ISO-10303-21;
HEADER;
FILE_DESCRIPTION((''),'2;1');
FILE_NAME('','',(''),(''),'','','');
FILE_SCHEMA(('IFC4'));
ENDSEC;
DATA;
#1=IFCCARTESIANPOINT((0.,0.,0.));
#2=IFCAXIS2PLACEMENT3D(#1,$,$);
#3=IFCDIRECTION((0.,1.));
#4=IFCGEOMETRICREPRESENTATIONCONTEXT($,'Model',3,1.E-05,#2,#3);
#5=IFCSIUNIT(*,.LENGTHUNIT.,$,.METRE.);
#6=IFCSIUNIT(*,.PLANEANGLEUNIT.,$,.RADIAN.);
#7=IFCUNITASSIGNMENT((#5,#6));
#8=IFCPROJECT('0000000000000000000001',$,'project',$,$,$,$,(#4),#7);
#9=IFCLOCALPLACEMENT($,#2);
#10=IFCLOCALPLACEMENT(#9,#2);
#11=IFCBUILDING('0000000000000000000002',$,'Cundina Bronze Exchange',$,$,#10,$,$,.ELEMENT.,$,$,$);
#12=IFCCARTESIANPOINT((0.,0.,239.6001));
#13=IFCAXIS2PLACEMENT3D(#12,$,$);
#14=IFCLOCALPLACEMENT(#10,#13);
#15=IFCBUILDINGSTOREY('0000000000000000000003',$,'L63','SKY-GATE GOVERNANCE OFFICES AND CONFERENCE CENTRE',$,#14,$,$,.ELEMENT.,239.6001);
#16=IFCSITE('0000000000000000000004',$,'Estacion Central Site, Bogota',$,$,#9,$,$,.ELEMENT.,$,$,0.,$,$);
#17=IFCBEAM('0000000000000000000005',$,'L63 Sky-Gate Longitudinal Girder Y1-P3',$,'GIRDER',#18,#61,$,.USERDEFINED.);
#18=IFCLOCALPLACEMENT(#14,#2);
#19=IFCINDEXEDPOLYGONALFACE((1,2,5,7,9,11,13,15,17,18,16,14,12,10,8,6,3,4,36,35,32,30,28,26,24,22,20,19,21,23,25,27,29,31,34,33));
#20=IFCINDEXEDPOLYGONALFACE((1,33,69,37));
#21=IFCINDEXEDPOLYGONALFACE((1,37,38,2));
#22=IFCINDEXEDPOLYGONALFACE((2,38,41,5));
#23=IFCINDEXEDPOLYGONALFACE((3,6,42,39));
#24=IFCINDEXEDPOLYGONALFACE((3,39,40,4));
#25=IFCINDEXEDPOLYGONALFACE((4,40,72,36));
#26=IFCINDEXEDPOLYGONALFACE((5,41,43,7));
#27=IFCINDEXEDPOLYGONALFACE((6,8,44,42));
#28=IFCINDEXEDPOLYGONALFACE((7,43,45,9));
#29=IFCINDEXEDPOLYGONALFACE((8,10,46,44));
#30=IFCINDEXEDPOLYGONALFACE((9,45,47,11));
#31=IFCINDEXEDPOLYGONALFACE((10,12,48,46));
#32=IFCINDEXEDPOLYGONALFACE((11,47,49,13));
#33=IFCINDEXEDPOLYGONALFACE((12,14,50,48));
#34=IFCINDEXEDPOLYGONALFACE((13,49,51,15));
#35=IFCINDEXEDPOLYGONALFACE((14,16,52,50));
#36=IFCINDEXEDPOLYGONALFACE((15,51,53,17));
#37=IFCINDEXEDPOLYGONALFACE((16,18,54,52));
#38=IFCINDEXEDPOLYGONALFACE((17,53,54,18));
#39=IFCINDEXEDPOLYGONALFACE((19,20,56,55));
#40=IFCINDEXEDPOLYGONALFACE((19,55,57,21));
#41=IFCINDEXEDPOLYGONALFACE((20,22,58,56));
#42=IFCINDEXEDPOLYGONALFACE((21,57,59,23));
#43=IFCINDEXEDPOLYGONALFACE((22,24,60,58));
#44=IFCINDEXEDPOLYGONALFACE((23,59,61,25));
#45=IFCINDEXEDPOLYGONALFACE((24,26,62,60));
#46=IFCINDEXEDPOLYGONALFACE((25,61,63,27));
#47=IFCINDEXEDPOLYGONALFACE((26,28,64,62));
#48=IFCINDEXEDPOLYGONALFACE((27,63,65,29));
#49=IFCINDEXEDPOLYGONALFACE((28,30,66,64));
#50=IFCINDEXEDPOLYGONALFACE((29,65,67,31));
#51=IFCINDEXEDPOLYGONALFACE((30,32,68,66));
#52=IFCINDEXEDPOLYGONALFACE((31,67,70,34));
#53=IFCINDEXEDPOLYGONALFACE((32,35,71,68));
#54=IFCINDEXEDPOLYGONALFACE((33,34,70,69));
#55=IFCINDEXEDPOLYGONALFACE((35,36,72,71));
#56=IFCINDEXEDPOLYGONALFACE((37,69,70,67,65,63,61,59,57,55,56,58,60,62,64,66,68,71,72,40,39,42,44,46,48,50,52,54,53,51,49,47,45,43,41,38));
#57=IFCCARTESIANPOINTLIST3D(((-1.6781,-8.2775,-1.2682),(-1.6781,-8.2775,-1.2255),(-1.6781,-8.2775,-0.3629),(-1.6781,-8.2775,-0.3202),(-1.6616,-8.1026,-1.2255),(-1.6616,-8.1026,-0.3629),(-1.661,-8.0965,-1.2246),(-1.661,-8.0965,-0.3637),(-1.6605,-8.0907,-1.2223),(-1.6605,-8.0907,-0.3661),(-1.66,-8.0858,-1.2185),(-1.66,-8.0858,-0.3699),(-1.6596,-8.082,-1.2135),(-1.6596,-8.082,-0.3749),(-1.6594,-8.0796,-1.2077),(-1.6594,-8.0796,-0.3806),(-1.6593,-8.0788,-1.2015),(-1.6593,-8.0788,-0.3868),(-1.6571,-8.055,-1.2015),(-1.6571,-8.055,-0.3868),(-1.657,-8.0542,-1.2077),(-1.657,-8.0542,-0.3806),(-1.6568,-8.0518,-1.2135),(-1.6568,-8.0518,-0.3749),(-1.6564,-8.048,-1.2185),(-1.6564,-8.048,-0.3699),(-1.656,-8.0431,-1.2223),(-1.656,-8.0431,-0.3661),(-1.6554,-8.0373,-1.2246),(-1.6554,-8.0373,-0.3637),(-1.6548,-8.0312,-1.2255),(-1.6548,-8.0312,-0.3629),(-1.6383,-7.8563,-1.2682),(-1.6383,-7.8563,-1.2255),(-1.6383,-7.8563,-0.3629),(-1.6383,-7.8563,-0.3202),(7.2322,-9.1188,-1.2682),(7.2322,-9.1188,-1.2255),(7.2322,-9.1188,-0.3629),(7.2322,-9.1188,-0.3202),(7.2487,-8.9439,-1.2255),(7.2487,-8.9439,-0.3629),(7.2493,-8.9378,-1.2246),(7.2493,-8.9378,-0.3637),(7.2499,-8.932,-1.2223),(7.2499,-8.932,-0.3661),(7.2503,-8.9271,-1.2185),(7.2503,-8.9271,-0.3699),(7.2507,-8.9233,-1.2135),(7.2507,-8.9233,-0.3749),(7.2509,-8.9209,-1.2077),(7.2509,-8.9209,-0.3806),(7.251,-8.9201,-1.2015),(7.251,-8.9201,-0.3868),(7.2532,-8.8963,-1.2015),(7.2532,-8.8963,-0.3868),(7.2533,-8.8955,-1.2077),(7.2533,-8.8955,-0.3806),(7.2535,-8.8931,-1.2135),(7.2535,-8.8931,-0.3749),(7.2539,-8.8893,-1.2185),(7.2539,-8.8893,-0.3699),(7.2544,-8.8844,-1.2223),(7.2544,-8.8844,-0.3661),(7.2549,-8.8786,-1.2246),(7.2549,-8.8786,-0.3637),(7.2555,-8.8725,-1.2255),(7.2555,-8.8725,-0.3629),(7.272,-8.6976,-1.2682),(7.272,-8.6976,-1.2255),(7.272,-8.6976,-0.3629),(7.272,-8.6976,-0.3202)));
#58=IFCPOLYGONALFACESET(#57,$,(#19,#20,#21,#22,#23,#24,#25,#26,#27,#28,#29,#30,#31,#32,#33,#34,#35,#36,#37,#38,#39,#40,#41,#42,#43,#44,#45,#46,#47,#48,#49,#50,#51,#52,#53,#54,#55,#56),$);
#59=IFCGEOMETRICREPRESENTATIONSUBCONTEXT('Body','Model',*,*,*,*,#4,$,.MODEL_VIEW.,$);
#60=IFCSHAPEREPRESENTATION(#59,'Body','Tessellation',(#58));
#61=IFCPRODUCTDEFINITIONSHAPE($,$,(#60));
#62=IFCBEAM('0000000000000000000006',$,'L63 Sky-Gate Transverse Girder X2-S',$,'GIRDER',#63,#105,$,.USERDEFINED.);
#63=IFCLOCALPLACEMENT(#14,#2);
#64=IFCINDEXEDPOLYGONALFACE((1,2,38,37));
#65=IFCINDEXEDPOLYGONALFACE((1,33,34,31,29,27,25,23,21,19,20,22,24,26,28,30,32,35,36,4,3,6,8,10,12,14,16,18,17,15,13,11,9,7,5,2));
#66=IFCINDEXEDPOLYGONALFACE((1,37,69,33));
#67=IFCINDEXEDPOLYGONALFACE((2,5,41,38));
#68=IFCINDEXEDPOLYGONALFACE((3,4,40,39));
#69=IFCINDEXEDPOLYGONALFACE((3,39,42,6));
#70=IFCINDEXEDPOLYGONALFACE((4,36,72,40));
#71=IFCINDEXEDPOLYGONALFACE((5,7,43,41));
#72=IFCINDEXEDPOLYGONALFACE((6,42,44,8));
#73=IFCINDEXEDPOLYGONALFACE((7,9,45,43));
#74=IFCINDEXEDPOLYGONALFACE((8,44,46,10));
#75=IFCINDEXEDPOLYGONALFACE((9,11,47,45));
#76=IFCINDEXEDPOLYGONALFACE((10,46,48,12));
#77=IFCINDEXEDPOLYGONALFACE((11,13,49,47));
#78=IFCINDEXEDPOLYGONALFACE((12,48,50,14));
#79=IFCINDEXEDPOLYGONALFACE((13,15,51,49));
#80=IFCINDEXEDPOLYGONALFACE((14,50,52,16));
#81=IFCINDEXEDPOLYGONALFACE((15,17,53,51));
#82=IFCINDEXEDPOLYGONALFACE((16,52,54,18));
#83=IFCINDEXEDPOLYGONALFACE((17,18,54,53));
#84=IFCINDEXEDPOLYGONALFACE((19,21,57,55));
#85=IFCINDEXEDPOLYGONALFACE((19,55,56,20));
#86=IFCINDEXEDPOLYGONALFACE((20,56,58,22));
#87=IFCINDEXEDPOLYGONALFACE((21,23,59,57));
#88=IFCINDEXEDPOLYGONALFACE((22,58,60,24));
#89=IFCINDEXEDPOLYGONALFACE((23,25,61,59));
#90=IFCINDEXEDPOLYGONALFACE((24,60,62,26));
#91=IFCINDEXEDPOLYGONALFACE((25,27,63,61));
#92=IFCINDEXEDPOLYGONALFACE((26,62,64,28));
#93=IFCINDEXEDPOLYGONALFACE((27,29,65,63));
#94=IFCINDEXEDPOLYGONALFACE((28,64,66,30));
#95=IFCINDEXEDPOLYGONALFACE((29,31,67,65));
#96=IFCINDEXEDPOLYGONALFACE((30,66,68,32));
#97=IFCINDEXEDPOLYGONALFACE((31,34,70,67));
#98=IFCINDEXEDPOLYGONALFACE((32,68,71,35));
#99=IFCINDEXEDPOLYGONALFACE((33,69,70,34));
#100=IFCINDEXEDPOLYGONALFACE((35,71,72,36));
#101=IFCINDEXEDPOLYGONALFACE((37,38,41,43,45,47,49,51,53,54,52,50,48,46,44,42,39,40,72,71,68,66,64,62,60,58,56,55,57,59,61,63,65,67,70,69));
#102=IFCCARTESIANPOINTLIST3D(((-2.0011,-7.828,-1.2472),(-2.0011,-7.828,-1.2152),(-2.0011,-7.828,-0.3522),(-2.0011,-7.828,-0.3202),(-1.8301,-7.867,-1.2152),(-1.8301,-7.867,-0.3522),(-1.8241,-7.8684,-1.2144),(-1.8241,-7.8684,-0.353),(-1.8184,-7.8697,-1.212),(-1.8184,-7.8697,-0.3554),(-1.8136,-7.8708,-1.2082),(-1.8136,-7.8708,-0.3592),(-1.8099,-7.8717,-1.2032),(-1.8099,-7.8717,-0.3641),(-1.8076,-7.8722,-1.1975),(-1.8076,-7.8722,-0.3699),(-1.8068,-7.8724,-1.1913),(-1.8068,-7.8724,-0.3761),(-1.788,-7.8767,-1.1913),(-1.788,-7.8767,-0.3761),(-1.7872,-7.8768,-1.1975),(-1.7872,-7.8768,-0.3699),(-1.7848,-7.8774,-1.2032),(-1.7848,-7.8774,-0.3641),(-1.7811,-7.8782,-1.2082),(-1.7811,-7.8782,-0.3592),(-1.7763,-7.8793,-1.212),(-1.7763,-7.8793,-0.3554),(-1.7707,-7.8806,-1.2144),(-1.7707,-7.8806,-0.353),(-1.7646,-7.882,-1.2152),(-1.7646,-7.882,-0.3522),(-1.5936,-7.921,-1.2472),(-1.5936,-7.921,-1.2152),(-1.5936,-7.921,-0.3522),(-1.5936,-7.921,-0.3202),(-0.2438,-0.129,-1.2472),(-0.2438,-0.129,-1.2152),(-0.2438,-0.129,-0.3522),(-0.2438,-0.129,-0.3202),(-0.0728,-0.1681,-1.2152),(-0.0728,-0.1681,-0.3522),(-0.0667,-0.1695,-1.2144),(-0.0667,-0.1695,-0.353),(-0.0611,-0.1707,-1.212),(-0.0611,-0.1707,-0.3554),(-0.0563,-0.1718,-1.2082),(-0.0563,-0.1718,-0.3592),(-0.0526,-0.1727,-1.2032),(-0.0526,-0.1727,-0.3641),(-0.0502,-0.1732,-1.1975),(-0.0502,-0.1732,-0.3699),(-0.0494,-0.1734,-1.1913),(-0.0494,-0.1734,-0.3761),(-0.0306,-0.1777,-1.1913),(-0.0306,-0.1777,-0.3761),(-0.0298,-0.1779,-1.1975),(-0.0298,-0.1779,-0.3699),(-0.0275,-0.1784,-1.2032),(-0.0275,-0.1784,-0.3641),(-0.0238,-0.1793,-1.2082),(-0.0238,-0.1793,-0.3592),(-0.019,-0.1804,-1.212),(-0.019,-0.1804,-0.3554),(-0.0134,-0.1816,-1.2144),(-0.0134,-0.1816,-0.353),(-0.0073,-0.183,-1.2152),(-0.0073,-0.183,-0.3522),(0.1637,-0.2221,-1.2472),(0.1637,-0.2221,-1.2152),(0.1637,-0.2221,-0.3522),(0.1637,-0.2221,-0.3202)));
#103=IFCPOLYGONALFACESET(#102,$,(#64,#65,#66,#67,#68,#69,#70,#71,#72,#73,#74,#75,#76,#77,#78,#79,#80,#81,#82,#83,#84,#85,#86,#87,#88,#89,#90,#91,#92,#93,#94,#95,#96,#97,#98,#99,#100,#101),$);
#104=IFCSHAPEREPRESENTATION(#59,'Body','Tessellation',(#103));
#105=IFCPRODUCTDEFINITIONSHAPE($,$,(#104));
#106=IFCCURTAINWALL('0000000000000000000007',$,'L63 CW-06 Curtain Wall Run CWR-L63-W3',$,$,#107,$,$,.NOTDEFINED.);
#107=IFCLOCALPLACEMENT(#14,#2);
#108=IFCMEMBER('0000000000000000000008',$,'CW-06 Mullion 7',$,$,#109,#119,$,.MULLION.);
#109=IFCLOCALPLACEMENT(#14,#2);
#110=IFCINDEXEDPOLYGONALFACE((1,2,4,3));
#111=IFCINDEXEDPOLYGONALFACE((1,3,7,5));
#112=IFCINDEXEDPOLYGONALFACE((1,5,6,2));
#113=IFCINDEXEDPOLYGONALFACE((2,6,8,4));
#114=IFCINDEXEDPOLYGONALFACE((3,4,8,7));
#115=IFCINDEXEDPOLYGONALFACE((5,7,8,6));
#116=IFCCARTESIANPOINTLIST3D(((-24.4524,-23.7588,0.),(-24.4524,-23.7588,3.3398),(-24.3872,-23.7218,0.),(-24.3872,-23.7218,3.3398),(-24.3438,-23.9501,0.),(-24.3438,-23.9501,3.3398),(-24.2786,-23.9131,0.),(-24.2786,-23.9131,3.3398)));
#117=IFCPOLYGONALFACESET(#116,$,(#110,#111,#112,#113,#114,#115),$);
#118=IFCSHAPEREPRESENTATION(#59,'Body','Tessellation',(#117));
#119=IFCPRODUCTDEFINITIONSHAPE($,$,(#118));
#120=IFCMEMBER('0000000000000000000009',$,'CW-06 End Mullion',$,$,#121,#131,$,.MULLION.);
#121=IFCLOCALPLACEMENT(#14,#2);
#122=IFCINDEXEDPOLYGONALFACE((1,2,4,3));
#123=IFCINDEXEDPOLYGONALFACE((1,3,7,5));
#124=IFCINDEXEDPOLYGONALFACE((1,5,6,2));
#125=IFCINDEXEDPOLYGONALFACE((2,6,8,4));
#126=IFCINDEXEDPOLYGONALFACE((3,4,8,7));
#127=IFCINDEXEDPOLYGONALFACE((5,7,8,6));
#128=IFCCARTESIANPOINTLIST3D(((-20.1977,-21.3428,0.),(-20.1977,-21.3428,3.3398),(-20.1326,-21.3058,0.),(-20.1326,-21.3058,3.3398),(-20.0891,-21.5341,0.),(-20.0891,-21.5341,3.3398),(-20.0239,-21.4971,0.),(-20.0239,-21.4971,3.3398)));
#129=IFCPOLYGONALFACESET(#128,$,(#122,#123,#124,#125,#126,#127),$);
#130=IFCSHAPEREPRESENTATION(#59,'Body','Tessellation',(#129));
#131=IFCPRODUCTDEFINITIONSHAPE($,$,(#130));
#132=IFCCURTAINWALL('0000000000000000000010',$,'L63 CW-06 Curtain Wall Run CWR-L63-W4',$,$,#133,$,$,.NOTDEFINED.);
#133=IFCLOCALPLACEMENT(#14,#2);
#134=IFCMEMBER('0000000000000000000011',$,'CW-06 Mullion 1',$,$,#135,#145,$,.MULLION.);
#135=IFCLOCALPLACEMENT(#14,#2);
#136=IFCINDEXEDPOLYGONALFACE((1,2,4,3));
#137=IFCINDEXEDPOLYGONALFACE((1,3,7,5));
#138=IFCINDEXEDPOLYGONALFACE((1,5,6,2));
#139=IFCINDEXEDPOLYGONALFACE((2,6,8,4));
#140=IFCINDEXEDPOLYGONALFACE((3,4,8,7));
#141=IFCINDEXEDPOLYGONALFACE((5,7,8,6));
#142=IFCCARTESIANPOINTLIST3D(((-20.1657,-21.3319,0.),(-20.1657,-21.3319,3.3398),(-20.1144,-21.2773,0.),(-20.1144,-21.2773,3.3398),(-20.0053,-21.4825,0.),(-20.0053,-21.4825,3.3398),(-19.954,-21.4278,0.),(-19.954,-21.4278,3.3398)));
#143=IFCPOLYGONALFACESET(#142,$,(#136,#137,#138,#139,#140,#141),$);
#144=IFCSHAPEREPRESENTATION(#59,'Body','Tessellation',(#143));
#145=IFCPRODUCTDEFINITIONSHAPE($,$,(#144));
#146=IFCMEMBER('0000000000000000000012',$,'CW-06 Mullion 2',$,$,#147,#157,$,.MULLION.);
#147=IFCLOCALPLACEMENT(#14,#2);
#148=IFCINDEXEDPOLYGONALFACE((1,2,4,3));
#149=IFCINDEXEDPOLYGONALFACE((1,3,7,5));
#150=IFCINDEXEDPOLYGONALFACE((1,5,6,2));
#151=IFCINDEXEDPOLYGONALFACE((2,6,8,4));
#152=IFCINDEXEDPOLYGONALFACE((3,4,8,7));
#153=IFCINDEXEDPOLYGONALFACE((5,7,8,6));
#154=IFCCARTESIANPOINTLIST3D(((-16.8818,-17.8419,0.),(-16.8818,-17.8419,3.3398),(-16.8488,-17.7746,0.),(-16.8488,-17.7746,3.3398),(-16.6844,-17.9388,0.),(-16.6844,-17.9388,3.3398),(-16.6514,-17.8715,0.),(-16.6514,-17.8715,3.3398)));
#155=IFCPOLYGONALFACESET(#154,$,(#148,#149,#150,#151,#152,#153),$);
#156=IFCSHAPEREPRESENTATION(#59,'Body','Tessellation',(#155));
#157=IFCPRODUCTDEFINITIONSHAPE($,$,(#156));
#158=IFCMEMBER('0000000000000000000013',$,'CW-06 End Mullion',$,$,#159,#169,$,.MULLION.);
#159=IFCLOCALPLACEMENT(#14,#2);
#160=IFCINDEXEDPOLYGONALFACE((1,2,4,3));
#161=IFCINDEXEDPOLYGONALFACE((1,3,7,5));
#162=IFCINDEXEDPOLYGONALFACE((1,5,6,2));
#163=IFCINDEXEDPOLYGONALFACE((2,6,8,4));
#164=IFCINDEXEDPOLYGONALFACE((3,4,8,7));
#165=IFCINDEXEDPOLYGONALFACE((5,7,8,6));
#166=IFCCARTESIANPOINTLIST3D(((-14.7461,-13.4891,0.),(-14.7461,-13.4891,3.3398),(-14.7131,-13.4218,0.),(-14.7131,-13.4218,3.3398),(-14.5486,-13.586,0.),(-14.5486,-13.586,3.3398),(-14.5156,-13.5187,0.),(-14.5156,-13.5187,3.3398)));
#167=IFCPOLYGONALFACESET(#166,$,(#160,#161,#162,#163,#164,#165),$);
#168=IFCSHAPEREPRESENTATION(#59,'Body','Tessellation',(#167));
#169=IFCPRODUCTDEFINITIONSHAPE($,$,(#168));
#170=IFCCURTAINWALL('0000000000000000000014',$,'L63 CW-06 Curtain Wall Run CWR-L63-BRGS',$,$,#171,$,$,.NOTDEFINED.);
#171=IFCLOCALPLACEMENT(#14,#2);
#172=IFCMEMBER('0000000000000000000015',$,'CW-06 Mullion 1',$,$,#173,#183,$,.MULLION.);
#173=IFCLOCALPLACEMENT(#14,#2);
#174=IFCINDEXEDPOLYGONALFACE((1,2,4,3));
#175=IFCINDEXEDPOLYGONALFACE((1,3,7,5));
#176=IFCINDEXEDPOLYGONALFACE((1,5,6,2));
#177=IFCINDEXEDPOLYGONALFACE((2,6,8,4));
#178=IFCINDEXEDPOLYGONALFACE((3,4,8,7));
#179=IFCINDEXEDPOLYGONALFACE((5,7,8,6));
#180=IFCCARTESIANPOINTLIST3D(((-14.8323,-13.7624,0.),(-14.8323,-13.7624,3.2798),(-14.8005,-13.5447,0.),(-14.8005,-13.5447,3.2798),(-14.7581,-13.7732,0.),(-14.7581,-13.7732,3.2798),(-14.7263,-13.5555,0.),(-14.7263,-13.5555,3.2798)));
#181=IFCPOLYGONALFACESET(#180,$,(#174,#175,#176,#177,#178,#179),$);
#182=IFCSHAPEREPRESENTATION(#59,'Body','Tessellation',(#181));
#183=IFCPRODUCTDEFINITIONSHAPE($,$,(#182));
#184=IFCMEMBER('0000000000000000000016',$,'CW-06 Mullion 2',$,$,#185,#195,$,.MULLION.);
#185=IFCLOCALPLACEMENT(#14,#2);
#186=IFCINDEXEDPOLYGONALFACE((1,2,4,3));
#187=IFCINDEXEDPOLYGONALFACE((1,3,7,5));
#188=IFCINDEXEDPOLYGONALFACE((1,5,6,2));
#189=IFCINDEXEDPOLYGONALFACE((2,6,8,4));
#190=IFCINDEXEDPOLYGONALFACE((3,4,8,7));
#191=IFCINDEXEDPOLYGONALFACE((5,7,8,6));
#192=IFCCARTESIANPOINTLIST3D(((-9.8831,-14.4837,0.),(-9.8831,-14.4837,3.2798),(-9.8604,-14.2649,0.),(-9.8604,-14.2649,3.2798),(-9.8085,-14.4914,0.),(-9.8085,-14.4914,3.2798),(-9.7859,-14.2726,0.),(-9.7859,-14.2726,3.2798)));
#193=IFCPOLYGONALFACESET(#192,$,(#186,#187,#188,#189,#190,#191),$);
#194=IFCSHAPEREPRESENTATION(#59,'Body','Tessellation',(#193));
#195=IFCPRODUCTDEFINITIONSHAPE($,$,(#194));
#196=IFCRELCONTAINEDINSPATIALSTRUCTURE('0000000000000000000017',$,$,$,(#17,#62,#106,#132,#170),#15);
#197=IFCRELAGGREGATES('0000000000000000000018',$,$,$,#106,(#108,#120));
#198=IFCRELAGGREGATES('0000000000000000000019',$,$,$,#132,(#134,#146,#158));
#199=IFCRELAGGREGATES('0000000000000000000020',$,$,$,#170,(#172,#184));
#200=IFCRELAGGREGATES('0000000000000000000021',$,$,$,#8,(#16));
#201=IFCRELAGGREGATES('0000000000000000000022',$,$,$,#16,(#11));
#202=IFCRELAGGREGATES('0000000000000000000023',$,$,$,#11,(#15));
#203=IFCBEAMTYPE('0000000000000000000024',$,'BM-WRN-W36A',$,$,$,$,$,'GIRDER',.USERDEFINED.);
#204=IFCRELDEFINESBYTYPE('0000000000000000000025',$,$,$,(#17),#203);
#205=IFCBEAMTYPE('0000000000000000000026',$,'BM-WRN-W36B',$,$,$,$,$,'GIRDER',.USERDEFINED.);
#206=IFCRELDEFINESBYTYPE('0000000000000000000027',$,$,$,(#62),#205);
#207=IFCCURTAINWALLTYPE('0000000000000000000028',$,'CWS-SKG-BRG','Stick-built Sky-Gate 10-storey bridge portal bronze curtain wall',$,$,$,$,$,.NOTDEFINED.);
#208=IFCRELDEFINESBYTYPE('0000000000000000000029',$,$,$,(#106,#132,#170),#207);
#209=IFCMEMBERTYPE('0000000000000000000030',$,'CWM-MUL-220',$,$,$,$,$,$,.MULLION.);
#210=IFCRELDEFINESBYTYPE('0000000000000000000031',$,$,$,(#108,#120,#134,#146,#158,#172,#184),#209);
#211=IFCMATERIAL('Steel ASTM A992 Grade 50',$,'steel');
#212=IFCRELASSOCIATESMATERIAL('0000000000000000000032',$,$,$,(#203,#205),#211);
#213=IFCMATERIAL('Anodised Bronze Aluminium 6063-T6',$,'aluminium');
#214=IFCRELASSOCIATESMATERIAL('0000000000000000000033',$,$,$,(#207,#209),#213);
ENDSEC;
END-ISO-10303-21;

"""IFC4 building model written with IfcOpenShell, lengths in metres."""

from ifc_helpers import new_model, si_unit, direction, frame, origin, origin_2d, place, context, subcontext, project, spatial, rectangle, i_section, extrude, material, material_profile, profile_set, type_object, element, aggregate, save


model = new_model("IFC4")

# Units and contexts
model_context = context("Model", 3, precision=1e-05, world=origin(), true_north=direction((0.0, 1.0)))
body_context = subcontext(model_context, "Body", "Model", "MODEL_VIEW")
ifc_project = project(units=[si_unit("LENGTHUNIT", "METRE"), si_unit("PLANEANGLEUNIT", "RADIAN")], contexts=[model_context])

# Site, building, storey
site_placement = place(None, origin())
site = spatial("IfcSite", under=ifc_project, at=site_placement, Name="Estacion Central Site, Bogota", CompositionType="ELEMENT", RefElevation=0.0)
building_placement = place(site_placement, origin())
building = spatial("IfcBuilding", under=site, at=building_placement, Name="Cundina Bronze Exchange", CompositionType="ELEMENT")
storey_placement = place(building_placement, frame((0.0, 0.0, 239.6001)))
storey = spatial("IfcBuildingStorey", under=building, at=storey_placement, Name="L63", Description="SKY-GATE GOVERNANCE OFFICES AND CONFERENCE CENTRE", CompositionType="ELEMENT", Elevation=239.6001)

# Shared definitions
ifc_material_1 = material(Name="Steel ASTM A992 Grade 50", Category="steel")

# Beams
ifc_material_profile_1 = material_profile(ifc_material_1, i_section(OverallWidth=0.4231, OverallDepth=0.948, WebThickness=0.0239, FlangeThickness=0.0427, FilletRadius=0.0239, at=origin_2d()), Name="W36X302", Category="steel")
ifc_profile_set_1 = profile_set([ifc_material_profile_1], Name="Steel ASTM A992 Grade 50")
beam_type_1 = type_object("IfcBeamType", Name="BM-WRN-W36A", ElementType="GIRDER", PredefinedType="USERDEFINED", material=ifc_profile_set_1)
beam_1_placement = place(storey_placement, frame((-1.6582, -8.0669, -0.7942), z_axis=(0.995572, -0.094001, 0.0), x_axis=(0.094001, 0.995572, 0.0)))
element("IfcBeam", 1, at=beam_1_placement, inside=storey, type_object=beam_type_1, Name="L63 Sky-Gate Longitudinal Girder Y1-P3", ObjectType="GIRDER", PredefinedType="USERDEFINED", context=body_context, shape_type="SweptSolid", body=[
    extrude(i_section(OverallWidth=0.4231, OverallDepth=0.948, WebThickness=0.0239, FlangeThickness=0.0427, FilletRadius=0.0239, at=origin_2d()), origin(), (0.0, 0.0, 1.0), 8.95),
])
ifc_material_profile_2 = material_profile(ifc_material_1, i_section(OverallWidth=0.418, OverallDepth=0.927, WebThickness=0.0193, FlangeThickness=0.032, FilletRadius=0.0239, at=origin_2d()), Name="W36X231", Category="steel")
ifc_profile_set_2 = profile_set([ifc_material_profile_2], Name="Steel ASTM A992 Grade 50")
beam_type_2 = type_object("IfcBeamType", Name="BM-WRN-W36B", ElementType="GIRDER", PredefinedType="USERDEFINED", material=ifc_profile_set_2)
beam_2_placement = place(storey_placement, frame((-1.7974, -7.8745, -0.7837), z_axis=(0.222531, 0.974926, 0.0), x_axis=(-0.974926, 0.222531, 0.0)))
element("IfcBeam", 2, at=beam_2_placement, inside=storey, type_object=beam_type_2, Name="L63 Sky-Gate Transverse Girder X2-S", ObjectType="GIRDER", PredefinedType="USERDEFINED", context=body_context, shape_type="SweptSolid", body=[
    extrude(i_section(OverallWidth=0.418, OverallDepth=0.927, WebThickness=0.0193, FlangeThickness=0.032, FilletRadius=0.0239, at=origin_2d()), origin(), (0.0, 0.0, 1.0), 7.897),
])

# Curtain walls, members
ifc_material_2 = material(Name="Anodised Bronze Aluminium 6063-T6", Category="aluminium")
curtain_wall_type = type_object("IfcCurtainWallType", Name="CWS-SKG-BRG", Description="Stick-built Sky-Gate 10-storey bridge portal bronze curtain wall", PredefinedType="NOTDEFINED", material=ifc_material_2)
curtain_wall_1_placement = place(storey_placement, origin())
curtain_wall_1 = element("IfcCurtainWall", 3, at=curtain_wall_1_placement, inside=storey, type_object=curtain_wall_type, Name="L63 CW-06 Curtain Wall Run CWR-L63-W3", PredefinedType="NOTDEFINED")
ifc_material_profile_3 = material_profile(ifc_material_2, rectangle(XDim=0.075, YDim=0.22, at=origin_2d()), Name="AL75X220", Category="aluminium")
ifc_profile_set_3 = profile_set([ifc_material_profile_3], Name="Anodised Bronze Aluminium 6063-T6")
member_type_1 = type_object("IfcMemberType", Name="CWM-MUL-220", PredefinedType="MULLION", material=ifc_profile_set_3)
member_1_placement = place(storey_placement, frame((-24.3655, -23.8359, 0.0), z_axis=(0.0, 0.0, 1.0), x_axis=(0.869581, 0.49379, 0.0)))
member_1 = element("IfcMember", 4, at=member_1_placement, type_object=member_type_1, Name="CW-06 Mullion 7", PredefinedType="MULLION", context=body_context, shape_type="SweptSolid", body=[
    extrude(rectangle(XDim=0.075, YDim=0.22, at=origin_2d()), origin(), (0.0, 0.0, 1.0), 3.3398),
])
member_2_placement = place(storey_placement, frame((-20.1108, -21.4199, 0.0), z_axis=(0.0, 0.0, 1.0), x_axis=(0.869581, 0.49379, 0.0)))
member_2 = element("IfcMember", 5, at=member_2_placement, type_object=member_type_1, Name="CW-06 End Mullion", PredefinedType="MULLION", context=body_context, shape_type="SweptSolid", body=[
    extrude(rectangle(XDim=0.075, YDim=0.22, at=origin_2d()), origin(), (0.0, 0.0, 1.0), 3.3398),
])
curtain_wall_2_placement = place(storey_placement, origin())
curtain_wall_2 = element("IfcCurtainWall", 6, at=curtain_wall_2_placement, inside=storey, type_object=curtain_wall_type, Name="L63 CW-06 Curtain Wall Run CWR-L63-W4", PredefinedType="NOTDEFINED")
member_3_placement = place(storey_placement, frame((-20.0598, -21.3799, 0.0), z_axis=(0.0, 0.0, 1.0), x_axis=(0.684293, 0.729208, 0.0)))
member_3 = element("IfcMember", 7, at=member_3_placement, type_object=member_type_1, Name="CW-06 Mullion 1", PredefinedType="MULLION", context=body_context, shape_type="SweptSolid", body=[
    extrude(rectangle(XDim=0.075, YDim=0.22, at=origin_2d()), origin(), (0.0, 0.0, 1.0), 3.3398),
])
member_4_placement = place(storey_placement, frame((-16.7666, -17.8567, 0.0), z_axis=(0.0, 0.0, 1.0), x_axis=(0.440566, 0.89772, 0.0)))
member_4 = element("IfcMember", 8, at=member_4_placement, type_object=member_type_1, Name="CW-06 Mullion 2", PredefinedType="MULLION", context=body_context, shape_type="SweptSolid", body=[
    extrude(rectangle(XDim=0.075, YDim=0.22, at=origin_2d()), origin(), (0.0, 0.0, 1.0), 3.3398),
])
member_5_placement = place(storey_placement, frame((-14.6309, -13.5039, 0.0), z_axis=(0.0, 0.0, 1.0), x_axis=(0.440566, 0.89772, 0.0)))
member_5 = element("IfcMember", 9, at=member_5_placement, type_object=member_type_1, Name="CW-06 End Mullion", PredefinedType="MULLION", context=body_context, shape_type="SweptSolid", body=[
    extrude(rectangle(XDim=0.075, YDim=0.22, at=origin_2d()), origin(), (0.0, 0.0, 1.0), 3.3398),
])
curtain_wall_3_placement = place(storey_placement, origin())
curtain_wall_3 = element("IfcCurtainWall", 10, at=curtain_wall_3_placement, inside=storey, type_object=curtain_wall_type, Name="L63 CW-06 Curtain Wall Run CWR-L63-BRGS", PredefinedType="NOTDEFINED")
member_6_placement = place(storey_placement, frame((-14.7793, -13.6589, 0.0), z_axis=(0.0, 0.0, 1.0), x_axis=(0.989526, -0.144356, 0.0)))
member_6 = element("IfcMember", 11, at=member_6_placement, type_object=member_type_1, Name="CW-06 Mullion 1", PredefinedType="MULLION", context=body_context, shape_type="SweptSolid", body=[
    extrude(rectangle(XDim=0.075, YDim=0.22, at=origin_2d()), origin(), (0.0, 0.0, 1.0), 3.2798),
])
member_7_placement = place(storey_placement, frame((-9.8345, -14.3782, 0.0), z_axis=(0.0, 0.0, 1.0), x_axis=(0.994667, -0.10314, 0.0)))
member_7 = element("IfcMember", 12, at=member_7_placement, type_object=member_type_1, Name="CW-06 Mullion 2", PredefinedType="MULLION", context=body_context, shape_type="SweptSolid", body=[
    extrude(rectangle(XDim=0.075, YDim=0.22, at=origin_2d()), origin(), (0.0, 0.0, 1.0), 3.2798),
])

aggregate(curtain_wall_1, [member_1, member_2])
aggregate(curtain_wall_2, [member_3, member_4, member_5])
aggregate(curtain_wall_3, [member_6, member_7])

save(model, "model.ifc")
